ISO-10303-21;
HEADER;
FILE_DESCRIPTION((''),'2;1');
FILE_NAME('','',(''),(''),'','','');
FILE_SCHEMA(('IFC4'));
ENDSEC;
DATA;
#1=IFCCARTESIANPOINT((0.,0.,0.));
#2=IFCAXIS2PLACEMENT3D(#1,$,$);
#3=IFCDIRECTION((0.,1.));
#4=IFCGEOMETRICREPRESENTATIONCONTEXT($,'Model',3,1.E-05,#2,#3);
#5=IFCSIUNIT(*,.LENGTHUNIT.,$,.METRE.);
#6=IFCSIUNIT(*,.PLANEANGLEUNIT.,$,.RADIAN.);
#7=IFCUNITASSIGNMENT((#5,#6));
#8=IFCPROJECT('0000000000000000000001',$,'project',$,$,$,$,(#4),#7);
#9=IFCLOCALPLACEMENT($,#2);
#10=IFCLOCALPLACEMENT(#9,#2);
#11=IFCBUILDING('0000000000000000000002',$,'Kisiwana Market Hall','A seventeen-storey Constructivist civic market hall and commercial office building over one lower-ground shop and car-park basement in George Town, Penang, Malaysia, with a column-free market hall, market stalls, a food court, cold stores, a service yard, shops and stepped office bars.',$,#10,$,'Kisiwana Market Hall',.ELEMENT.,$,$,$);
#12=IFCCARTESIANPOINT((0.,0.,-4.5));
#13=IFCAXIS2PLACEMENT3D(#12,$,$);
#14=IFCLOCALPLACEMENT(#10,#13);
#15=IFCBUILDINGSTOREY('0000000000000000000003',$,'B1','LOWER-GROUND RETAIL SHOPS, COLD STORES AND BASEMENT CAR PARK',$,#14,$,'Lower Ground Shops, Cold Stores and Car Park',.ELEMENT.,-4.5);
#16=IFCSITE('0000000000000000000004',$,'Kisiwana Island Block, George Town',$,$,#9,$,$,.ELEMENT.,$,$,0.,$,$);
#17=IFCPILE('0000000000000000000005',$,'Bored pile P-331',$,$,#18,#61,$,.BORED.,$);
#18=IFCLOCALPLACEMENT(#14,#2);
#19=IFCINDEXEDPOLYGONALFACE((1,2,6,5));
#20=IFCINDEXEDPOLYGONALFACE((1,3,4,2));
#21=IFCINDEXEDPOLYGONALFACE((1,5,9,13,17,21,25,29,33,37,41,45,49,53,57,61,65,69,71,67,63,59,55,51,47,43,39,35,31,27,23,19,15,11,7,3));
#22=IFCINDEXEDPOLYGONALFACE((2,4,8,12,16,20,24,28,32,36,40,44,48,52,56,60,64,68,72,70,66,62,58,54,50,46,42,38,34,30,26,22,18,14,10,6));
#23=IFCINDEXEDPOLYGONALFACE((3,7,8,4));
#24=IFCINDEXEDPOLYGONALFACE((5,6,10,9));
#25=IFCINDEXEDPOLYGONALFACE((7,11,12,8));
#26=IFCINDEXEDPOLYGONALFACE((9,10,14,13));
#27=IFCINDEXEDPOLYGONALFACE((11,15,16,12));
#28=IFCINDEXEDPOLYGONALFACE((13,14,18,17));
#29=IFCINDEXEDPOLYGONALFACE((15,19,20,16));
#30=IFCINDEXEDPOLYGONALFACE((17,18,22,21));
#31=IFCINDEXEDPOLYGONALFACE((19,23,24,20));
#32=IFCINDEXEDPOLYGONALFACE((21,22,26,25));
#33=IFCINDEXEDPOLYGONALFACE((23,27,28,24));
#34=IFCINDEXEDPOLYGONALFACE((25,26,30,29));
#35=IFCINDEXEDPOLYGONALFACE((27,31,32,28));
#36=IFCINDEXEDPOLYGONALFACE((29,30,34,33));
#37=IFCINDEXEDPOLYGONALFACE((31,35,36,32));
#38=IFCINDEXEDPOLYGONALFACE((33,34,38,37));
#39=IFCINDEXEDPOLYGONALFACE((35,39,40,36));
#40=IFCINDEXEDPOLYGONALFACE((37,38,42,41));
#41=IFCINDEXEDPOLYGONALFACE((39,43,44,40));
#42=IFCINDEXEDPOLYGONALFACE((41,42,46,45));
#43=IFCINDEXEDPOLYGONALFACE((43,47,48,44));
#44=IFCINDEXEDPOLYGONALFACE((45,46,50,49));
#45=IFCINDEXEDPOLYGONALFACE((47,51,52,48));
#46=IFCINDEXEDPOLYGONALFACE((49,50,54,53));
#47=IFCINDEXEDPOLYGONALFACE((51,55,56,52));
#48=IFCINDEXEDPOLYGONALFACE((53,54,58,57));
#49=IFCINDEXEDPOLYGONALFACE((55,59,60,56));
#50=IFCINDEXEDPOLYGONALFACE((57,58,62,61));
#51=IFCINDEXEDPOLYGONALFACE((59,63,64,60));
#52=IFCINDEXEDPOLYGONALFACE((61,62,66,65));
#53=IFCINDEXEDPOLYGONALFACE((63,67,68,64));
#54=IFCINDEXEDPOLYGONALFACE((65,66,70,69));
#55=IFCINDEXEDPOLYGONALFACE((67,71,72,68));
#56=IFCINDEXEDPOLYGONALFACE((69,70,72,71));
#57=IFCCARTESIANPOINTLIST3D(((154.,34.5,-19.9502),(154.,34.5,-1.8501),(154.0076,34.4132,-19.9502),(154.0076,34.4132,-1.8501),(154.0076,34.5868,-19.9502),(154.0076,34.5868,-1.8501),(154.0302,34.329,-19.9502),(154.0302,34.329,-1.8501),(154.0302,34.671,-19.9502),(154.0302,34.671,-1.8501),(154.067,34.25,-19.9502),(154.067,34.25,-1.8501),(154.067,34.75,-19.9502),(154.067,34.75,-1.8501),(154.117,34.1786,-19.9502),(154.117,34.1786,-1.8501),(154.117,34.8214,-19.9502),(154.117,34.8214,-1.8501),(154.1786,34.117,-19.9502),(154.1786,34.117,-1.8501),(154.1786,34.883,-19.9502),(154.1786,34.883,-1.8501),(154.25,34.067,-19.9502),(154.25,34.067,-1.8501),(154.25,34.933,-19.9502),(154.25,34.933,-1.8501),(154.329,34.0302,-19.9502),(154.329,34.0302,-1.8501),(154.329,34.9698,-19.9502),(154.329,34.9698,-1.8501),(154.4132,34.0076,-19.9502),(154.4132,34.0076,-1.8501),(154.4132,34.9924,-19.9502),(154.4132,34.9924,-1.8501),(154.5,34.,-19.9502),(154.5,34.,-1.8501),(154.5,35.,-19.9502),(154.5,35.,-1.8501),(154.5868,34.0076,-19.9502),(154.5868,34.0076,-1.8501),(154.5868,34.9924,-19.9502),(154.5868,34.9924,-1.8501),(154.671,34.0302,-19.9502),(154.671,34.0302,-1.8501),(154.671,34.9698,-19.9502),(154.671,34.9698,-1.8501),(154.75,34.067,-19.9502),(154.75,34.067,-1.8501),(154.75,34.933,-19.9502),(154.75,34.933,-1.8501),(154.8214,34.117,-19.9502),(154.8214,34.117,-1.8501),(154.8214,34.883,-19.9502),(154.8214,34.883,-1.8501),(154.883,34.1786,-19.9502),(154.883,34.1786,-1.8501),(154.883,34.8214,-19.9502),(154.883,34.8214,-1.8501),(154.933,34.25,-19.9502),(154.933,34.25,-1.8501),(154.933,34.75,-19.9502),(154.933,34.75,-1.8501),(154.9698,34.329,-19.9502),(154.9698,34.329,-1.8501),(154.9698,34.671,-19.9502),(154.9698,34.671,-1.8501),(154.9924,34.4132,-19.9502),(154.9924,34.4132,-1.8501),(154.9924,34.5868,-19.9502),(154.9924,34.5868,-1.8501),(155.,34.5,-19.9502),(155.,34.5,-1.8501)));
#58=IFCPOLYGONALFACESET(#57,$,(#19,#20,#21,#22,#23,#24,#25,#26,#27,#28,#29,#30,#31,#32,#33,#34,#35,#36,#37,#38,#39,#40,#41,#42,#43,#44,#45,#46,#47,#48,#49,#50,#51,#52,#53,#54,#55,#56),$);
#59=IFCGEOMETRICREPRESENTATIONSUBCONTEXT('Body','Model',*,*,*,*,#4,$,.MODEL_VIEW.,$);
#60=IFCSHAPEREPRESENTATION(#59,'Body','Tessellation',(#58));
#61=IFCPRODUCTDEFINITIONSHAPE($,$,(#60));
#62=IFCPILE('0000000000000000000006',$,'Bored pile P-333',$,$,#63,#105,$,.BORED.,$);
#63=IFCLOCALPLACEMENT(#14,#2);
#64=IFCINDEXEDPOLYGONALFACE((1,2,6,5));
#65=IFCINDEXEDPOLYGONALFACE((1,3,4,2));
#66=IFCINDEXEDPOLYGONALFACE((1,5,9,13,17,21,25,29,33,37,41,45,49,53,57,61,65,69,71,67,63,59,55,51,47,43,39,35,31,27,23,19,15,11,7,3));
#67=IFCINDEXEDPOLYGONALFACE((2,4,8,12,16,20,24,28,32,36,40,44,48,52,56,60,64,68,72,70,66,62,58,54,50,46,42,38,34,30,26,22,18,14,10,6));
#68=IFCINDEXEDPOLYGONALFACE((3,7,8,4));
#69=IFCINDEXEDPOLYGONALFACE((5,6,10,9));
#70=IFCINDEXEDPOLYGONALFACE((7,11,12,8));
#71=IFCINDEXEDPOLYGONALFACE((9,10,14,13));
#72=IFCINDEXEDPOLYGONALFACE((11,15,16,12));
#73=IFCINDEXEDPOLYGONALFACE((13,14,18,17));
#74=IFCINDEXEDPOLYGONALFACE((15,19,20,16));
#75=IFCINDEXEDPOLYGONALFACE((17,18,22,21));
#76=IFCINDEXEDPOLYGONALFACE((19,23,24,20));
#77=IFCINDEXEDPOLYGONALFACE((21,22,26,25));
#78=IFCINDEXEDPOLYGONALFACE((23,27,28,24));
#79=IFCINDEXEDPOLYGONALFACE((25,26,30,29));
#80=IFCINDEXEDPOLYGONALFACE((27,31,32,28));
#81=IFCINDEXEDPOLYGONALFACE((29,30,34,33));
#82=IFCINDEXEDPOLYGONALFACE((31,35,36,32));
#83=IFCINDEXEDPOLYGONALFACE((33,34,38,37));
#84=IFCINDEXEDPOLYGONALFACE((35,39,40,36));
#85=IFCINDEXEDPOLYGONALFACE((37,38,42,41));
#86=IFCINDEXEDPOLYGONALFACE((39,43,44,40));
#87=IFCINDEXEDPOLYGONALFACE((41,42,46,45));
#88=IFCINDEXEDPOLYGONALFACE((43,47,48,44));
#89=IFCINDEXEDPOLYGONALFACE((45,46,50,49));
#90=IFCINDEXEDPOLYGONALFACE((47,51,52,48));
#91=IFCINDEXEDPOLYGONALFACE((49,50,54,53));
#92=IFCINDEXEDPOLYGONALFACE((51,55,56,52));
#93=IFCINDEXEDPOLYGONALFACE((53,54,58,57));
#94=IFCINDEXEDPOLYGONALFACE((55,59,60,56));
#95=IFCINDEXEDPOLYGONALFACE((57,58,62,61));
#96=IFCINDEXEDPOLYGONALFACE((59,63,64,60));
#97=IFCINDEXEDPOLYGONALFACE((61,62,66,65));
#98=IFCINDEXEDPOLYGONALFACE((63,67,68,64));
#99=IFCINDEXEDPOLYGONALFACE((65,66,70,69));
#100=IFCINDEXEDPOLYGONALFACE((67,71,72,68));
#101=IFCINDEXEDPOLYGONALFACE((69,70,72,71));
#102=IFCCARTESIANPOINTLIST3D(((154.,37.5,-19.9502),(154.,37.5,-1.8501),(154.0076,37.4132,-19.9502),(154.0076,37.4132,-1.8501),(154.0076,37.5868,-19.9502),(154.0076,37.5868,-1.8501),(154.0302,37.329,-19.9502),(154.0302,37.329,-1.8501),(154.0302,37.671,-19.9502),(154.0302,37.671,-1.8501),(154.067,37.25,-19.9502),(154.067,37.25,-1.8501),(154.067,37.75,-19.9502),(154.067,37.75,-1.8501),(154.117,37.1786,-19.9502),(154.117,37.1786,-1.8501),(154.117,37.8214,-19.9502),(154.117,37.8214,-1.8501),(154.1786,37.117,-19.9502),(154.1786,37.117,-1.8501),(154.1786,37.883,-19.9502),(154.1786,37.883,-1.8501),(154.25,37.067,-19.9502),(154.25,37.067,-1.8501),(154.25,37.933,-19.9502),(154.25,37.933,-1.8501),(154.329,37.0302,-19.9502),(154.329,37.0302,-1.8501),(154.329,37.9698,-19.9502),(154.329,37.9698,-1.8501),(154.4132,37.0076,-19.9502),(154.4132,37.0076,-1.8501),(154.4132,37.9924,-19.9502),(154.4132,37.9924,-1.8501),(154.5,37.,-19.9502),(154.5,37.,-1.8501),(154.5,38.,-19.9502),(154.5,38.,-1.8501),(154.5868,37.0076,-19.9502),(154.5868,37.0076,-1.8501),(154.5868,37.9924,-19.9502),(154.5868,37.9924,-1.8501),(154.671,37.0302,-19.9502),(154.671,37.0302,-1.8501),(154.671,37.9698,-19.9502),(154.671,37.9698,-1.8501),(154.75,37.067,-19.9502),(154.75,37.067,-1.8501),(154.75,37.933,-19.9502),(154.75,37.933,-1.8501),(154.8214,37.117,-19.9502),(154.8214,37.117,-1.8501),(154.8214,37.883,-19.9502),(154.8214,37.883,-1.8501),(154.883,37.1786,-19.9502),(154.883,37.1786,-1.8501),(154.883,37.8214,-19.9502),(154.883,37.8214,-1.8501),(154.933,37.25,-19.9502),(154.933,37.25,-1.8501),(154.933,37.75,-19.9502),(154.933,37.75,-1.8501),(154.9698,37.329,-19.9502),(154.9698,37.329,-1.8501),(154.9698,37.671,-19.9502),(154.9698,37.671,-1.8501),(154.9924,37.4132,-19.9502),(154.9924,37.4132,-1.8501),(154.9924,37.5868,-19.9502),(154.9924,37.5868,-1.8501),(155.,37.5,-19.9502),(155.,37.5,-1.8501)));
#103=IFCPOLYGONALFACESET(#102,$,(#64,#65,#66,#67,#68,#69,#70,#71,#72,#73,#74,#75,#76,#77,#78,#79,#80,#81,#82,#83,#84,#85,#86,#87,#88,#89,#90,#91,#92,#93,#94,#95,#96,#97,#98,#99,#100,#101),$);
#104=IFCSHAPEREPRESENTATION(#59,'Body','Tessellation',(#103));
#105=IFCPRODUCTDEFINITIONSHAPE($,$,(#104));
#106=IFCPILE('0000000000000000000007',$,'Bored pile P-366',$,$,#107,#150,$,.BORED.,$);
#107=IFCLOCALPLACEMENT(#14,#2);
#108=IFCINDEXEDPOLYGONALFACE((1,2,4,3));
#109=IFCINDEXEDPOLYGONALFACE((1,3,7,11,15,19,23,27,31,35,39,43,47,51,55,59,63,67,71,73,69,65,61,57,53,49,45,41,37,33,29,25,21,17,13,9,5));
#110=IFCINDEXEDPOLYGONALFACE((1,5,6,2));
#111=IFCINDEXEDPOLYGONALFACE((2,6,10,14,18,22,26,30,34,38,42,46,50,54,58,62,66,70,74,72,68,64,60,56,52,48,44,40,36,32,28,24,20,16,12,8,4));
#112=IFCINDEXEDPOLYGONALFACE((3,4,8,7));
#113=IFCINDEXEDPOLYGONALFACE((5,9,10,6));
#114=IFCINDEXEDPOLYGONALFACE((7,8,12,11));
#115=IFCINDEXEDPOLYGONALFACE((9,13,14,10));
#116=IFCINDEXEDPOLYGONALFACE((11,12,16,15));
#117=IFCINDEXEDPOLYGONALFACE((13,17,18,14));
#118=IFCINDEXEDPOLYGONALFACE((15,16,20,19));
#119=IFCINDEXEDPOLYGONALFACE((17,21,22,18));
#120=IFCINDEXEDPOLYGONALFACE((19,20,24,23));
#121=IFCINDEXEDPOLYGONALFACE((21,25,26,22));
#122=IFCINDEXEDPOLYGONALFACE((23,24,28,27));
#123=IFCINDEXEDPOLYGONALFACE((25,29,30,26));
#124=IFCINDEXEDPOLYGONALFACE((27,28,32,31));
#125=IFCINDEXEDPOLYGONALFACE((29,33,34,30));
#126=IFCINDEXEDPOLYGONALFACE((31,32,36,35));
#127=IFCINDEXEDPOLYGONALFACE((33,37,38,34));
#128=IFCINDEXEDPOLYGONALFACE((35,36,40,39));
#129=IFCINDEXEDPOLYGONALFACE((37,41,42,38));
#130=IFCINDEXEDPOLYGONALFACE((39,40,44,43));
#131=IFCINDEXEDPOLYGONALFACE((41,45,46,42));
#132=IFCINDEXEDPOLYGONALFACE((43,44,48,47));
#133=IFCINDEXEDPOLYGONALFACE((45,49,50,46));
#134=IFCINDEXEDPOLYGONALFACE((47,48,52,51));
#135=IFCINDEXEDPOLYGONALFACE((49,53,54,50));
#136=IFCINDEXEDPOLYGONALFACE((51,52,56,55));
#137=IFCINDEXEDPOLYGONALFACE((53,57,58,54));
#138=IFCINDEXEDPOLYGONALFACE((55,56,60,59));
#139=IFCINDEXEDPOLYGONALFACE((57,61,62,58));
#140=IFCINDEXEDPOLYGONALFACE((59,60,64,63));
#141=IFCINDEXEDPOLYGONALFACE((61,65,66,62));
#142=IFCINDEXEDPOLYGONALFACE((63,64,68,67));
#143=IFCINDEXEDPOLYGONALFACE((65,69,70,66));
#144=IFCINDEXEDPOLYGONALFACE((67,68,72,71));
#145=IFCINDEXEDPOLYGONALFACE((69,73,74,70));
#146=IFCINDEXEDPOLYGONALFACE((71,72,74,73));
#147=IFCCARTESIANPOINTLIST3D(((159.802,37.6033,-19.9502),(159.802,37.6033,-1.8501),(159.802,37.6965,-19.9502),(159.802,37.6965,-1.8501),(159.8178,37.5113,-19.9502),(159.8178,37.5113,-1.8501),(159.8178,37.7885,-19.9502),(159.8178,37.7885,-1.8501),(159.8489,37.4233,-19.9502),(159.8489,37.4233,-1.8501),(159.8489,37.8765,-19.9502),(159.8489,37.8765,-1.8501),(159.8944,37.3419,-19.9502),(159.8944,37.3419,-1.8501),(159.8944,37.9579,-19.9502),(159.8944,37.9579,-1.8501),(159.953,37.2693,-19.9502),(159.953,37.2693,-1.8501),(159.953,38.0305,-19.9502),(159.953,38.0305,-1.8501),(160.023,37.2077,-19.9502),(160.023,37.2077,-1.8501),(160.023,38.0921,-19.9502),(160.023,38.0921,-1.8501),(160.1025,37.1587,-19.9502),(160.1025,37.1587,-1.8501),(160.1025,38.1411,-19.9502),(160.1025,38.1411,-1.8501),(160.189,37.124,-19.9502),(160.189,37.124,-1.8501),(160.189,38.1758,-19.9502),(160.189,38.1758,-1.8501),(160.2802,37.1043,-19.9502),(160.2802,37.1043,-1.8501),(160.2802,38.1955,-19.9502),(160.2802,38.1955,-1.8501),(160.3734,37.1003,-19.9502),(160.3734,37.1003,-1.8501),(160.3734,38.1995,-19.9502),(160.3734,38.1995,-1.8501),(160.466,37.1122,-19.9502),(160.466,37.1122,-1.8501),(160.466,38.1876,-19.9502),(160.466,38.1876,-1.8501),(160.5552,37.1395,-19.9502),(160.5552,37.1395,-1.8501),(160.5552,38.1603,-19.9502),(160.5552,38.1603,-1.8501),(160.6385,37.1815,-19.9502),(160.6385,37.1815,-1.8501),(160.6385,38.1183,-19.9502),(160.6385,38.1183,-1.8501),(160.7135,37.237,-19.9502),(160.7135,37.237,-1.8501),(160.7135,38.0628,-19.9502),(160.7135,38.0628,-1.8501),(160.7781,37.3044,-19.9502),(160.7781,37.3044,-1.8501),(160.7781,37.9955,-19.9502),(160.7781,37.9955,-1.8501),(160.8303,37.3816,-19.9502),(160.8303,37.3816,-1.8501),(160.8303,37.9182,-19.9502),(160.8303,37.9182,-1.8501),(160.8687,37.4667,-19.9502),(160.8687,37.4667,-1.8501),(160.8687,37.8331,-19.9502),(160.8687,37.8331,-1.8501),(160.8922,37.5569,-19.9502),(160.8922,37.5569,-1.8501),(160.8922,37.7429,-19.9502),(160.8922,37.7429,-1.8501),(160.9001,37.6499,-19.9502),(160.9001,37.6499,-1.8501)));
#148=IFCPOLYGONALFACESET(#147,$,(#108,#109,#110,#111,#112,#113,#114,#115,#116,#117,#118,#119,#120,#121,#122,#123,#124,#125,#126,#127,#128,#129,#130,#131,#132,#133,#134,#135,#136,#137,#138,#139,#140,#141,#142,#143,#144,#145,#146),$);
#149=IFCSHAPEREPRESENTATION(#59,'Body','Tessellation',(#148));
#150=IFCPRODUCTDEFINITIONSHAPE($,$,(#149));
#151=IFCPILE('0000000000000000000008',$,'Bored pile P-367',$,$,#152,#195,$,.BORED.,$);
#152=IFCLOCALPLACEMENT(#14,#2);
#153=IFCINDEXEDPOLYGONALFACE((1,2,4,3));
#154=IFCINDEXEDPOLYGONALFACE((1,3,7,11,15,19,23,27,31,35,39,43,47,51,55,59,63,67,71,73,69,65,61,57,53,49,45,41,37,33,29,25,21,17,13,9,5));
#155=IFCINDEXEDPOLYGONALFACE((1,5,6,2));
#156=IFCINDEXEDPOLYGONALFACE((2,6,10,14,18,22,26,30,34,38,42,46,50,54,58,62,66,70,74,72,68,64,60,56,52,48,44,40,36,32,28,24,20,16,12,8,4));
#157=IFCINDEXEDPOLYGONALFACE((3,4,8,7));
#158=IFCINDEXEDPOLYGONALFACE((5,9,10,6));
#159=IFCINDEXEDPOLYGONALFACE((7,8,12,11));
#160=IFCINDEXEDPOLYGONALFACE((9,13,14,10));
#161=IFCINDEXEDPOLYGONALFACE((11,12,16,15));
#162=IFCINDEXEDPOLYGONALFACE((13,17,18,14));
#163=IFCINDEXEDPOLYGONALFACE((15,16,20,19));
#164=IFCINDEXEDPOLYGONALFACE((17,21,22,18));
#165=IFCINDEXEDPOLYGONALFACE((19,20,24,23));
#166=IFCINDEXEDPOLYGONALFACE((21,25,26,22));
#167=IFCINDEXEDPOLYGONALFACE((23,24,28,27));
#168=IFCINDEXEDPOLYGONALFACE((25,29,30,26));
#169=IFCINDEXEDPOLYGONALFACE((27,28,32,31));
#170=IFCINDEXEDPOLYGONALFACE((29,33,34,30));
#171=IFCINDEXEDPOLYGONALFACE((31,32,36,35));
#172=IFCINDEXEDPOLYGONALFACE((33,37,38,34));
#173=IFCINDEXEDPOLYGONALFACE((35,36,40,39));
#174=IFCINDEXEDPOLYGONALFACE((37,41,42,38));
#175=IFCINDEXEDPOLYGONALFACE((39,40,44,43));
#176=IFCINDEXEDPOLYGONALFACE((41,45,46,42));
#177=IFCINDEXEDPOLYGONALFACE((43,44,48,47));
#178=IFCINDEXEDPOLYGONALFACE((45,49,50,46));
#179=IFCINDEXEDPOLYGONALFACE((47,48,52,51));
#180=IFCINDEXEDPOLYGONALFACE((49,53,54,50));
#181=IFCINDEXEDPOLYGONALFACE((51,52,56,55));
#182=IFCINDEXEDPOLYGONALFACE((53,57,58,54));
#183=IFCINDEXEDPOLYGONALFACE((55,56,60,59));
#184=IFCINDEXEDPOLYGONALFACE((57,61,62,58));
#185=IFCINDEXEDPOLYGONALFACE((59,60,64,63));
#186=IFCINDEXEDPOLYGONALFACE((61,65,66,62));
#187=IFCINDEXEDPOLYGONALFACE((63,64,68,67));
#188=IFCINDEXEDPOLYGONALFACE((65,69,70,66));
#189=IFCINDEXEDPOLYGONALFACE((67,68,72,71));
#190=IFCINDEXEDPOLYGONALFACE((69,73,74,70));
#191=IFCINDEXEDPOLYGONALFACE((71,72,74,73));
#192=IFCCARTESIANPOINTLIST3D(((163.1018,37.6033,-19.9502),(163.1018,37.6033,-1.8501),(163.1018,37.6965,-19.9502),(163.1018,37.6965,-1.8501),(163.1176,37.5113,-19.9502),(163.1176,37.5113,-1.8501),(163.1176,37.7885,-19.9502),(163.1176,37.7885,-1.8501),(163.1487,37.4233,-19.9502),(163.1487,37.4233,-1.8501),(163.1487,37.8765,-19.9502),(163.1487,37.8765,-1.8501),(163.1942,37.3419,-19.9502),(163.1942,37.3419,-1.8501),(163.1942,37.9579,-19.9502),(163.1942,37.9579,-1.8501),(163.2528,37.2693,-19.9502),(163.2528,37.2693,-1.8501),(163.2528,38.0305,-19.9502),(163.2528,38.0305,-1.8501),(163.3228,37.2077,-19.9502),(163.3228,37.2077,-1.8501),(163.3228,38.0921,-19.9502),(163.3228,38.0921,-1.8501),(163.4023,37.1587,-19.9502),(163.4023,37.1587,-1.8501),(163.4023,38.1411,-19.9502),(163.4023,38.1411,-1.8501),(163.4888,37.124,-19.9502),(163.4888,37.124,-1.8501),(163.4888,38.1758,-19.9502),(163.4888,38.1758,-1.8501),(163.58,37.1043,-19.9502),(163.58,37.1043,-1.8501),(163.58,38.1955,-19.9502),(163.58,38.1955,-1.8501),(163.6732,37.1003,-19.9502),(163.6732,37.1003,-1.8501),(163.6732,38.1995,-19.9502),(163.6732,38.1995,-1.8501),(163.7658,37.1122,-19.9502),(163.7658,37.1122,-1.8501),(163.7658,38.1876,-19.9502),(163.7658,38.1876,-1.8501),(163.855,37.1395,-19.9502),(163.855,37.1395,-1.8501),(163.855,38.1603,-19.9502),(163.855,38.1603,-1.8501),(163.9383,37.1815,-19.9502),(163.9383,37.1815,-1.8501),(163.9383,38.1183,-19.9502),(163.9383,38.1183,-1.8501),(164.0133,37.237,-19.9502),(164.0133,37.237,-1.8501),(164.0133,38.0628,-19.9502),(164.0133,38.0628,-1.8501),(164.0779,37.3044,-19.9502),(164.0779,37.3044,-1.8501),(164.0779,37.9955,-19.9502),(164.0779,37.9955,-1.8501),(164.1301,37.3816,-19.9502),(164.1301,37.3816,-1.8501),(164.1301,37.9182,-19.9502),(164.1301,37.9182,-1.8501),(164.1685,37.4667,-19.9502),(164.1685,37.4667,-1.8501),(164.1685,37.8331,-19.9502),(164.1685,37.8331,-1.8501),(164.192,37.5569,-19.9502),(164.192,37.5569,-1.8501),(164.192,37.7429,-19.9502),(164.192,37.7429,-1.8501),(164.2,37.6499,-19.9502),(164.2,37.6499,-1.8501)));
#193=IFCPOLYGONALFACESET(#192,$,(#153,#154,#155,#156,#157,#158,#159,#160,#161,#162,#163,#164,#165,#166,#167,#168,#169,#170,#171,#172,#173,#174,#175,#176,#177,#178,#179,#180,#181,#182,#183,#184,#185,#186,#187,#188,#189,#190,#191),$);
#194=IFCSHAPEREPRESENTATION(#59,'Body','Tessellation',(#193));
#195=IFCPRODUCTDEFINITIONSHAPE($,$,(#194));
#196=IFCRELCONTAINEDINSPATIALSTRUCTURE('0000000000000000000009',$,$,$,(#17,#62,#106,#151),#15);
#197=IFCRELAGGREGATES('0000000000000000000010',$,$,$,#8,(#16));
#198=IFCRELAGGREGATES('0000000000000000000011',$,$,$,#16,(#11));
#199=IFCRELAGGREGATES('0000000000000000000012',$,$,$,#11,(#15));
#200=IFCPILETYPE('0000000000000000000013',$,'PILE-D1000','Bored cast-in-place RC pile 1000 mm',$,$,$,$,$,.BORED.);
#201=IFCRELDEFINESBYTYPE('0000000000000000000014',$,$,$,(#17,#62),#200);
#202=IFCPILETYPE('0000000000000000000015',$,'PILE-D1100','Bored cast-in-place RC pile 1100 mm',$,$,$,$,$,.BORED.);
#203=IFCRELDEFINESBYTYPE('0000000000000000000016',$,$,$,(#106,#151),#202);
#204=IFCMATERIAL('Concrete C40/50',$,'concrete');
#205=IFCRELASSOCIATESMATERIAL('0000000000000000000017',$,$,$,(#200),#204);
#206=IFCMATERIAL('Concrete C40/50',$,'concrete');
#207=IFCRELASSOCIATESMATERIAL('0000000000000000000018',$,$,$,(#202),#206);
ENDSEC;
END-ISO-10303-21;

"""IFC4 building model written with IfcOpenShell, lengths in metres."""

from ifc_helpers import new_model, si_unit, direction, frame, origin, origin_2d, place, context, subcontext, project, spatial, circle, extrude, material, material_profile, profile_set, type_object, element, save


model = new_model("IFC4")

# Units and contexts
model_context = context("Model", 3, precision=1e-05, world=origin(), true_north=direction((0.0, 1.0)))
body_context = subcontext(model_context, "Body", "Model", "MODEL_VIEW")
ifc_project = project(units=[si_unit("LENGTHUNIT", "METRE"), si_unit("PLANEANGLEUNIT", "RADIAN")], contexts=[model_context])

# Site, building, storey
site_placement = place(None, origin())
site = spatial("IfcSite", under=ifc_project, at=site_placement, Name="Kisiwana Island Block, George Town", CompositionType="ELEMENT", RefElevation=0.0)
building_placement = place(site_placement, origin())
building = spatial("IfcBuilding", under=site, at=building_placement, Name="Kisiwana Market Hall", Description="A seventeen-storey Constructivist civic market hall and commercial office building over one lower-ground shop and car-park basement in George Town, Penang, Malaysia, with a column-free market hall, market stalls, a food court, cold stores, a service yard, shops and stepped office bars.", LongName="Kisiwana Market Hall", CompositionType="ELEMENT")
storey_placement = place(building_placement, frame((0.0, 0.0, -4.5)))
storey = spatial("IfcBuildingStorey", under=building, at=storey_placement, Name="B1", Description="LOWER-GROUND RETAIL SHOPS, COLD STORES AND BASEMENT CAR PARK", LongName="Lower Ground Shops, Cold Stores and Car Park", CompositionType="ELEMENT", Elevation=-4.5)

# Piles
ifc_material_1 = material(Name="Concrete C40/50", Category="concrete")
ifc_material_profile_1 = material_profile(ifc_material_1, circle(Radius=0.5, at=origin_2d()), Name="BP D1000")
ifc_profile_set_1 = profile_set([ifc_material_profile_1], Name="Concrete C40/50")
pile_type_1 = type_object("IfcPileType", Name="PILE-D1000", Description="Bored cast-in-place RC pile 1000 mm", PredefinedType="BORED", material=ifc_profile_set_1)
for number, where, z_axis, x_axis, name in (
    (1, (154.5, 34.5, -1.8501), (0.0, 0.0, -1.0), (1.0, 0.0, 0.0), "Bored pile P-331"),
    (2, (154.5, 37.5, -1.8501), (0.0, 0.0, -1.0), (1.0, 0.0, 0.0), "Bored pile P-333"),
):
    element("IfcPile", number, at=place(storey_placement, frame(where, z_axis=z_axis, x_axis=x_axis)), inside=storey, type_object=pile_type_1, Name=name, PredefinedType="BORED", context=body_context, shape_type="SweptSolid", body=[
        extrude(circle(Radius=0.5, at=origin_2d()), origin(), (0.0, 0.0, 1.0), 18.1001),
    ])
ifc_material_2 = material(Name="Concrete C40/50", Category="concrete")
ifc_material_profile_2 = material_profile(ifc_material_2, circle(Radius=0.55, at=origin_2d()), Name="BP D1100")
ifc_profile_set_2 = profile_set([ifc_material_profile_2], Name="Concrete C40/50")
pile_type_2 = type_object("IfcPileType", Name="PILE-D1100", Description="Bored cast-in-place RC pile 1100 mm", PredefinedType="BORED", material=ifc_profile_set_2)
for number, where, z_axis, x_axis, name in (
    (3, (160.3501, 37.6499, -1.8501), (0.0, 0.0, -1.0), (1.0, 0.0, 0.0), "Bored pile P-366"),
    (4, (163.6499, 37.6499, -1.8501), (0.0, 0.0, -1.0), (1.0, 0.0, 0.0), "Bored pile P-367"),
):
    element("IfcPile", number, at=place(storey_placement, frame(where, z_axis=z_axis, x_axis=x_axis)), inside=storey, type_object=pile_type_2, Name=name, PredefinedType="BORED", context=body_context, shape_type="SweptSolid", body=[
        extrude(circle(Radius=0.55, at=origin_2d()), origin(), (0.0, 0.0, 1.0), 18.1001),
    ])

save(model, "model.ifc")
